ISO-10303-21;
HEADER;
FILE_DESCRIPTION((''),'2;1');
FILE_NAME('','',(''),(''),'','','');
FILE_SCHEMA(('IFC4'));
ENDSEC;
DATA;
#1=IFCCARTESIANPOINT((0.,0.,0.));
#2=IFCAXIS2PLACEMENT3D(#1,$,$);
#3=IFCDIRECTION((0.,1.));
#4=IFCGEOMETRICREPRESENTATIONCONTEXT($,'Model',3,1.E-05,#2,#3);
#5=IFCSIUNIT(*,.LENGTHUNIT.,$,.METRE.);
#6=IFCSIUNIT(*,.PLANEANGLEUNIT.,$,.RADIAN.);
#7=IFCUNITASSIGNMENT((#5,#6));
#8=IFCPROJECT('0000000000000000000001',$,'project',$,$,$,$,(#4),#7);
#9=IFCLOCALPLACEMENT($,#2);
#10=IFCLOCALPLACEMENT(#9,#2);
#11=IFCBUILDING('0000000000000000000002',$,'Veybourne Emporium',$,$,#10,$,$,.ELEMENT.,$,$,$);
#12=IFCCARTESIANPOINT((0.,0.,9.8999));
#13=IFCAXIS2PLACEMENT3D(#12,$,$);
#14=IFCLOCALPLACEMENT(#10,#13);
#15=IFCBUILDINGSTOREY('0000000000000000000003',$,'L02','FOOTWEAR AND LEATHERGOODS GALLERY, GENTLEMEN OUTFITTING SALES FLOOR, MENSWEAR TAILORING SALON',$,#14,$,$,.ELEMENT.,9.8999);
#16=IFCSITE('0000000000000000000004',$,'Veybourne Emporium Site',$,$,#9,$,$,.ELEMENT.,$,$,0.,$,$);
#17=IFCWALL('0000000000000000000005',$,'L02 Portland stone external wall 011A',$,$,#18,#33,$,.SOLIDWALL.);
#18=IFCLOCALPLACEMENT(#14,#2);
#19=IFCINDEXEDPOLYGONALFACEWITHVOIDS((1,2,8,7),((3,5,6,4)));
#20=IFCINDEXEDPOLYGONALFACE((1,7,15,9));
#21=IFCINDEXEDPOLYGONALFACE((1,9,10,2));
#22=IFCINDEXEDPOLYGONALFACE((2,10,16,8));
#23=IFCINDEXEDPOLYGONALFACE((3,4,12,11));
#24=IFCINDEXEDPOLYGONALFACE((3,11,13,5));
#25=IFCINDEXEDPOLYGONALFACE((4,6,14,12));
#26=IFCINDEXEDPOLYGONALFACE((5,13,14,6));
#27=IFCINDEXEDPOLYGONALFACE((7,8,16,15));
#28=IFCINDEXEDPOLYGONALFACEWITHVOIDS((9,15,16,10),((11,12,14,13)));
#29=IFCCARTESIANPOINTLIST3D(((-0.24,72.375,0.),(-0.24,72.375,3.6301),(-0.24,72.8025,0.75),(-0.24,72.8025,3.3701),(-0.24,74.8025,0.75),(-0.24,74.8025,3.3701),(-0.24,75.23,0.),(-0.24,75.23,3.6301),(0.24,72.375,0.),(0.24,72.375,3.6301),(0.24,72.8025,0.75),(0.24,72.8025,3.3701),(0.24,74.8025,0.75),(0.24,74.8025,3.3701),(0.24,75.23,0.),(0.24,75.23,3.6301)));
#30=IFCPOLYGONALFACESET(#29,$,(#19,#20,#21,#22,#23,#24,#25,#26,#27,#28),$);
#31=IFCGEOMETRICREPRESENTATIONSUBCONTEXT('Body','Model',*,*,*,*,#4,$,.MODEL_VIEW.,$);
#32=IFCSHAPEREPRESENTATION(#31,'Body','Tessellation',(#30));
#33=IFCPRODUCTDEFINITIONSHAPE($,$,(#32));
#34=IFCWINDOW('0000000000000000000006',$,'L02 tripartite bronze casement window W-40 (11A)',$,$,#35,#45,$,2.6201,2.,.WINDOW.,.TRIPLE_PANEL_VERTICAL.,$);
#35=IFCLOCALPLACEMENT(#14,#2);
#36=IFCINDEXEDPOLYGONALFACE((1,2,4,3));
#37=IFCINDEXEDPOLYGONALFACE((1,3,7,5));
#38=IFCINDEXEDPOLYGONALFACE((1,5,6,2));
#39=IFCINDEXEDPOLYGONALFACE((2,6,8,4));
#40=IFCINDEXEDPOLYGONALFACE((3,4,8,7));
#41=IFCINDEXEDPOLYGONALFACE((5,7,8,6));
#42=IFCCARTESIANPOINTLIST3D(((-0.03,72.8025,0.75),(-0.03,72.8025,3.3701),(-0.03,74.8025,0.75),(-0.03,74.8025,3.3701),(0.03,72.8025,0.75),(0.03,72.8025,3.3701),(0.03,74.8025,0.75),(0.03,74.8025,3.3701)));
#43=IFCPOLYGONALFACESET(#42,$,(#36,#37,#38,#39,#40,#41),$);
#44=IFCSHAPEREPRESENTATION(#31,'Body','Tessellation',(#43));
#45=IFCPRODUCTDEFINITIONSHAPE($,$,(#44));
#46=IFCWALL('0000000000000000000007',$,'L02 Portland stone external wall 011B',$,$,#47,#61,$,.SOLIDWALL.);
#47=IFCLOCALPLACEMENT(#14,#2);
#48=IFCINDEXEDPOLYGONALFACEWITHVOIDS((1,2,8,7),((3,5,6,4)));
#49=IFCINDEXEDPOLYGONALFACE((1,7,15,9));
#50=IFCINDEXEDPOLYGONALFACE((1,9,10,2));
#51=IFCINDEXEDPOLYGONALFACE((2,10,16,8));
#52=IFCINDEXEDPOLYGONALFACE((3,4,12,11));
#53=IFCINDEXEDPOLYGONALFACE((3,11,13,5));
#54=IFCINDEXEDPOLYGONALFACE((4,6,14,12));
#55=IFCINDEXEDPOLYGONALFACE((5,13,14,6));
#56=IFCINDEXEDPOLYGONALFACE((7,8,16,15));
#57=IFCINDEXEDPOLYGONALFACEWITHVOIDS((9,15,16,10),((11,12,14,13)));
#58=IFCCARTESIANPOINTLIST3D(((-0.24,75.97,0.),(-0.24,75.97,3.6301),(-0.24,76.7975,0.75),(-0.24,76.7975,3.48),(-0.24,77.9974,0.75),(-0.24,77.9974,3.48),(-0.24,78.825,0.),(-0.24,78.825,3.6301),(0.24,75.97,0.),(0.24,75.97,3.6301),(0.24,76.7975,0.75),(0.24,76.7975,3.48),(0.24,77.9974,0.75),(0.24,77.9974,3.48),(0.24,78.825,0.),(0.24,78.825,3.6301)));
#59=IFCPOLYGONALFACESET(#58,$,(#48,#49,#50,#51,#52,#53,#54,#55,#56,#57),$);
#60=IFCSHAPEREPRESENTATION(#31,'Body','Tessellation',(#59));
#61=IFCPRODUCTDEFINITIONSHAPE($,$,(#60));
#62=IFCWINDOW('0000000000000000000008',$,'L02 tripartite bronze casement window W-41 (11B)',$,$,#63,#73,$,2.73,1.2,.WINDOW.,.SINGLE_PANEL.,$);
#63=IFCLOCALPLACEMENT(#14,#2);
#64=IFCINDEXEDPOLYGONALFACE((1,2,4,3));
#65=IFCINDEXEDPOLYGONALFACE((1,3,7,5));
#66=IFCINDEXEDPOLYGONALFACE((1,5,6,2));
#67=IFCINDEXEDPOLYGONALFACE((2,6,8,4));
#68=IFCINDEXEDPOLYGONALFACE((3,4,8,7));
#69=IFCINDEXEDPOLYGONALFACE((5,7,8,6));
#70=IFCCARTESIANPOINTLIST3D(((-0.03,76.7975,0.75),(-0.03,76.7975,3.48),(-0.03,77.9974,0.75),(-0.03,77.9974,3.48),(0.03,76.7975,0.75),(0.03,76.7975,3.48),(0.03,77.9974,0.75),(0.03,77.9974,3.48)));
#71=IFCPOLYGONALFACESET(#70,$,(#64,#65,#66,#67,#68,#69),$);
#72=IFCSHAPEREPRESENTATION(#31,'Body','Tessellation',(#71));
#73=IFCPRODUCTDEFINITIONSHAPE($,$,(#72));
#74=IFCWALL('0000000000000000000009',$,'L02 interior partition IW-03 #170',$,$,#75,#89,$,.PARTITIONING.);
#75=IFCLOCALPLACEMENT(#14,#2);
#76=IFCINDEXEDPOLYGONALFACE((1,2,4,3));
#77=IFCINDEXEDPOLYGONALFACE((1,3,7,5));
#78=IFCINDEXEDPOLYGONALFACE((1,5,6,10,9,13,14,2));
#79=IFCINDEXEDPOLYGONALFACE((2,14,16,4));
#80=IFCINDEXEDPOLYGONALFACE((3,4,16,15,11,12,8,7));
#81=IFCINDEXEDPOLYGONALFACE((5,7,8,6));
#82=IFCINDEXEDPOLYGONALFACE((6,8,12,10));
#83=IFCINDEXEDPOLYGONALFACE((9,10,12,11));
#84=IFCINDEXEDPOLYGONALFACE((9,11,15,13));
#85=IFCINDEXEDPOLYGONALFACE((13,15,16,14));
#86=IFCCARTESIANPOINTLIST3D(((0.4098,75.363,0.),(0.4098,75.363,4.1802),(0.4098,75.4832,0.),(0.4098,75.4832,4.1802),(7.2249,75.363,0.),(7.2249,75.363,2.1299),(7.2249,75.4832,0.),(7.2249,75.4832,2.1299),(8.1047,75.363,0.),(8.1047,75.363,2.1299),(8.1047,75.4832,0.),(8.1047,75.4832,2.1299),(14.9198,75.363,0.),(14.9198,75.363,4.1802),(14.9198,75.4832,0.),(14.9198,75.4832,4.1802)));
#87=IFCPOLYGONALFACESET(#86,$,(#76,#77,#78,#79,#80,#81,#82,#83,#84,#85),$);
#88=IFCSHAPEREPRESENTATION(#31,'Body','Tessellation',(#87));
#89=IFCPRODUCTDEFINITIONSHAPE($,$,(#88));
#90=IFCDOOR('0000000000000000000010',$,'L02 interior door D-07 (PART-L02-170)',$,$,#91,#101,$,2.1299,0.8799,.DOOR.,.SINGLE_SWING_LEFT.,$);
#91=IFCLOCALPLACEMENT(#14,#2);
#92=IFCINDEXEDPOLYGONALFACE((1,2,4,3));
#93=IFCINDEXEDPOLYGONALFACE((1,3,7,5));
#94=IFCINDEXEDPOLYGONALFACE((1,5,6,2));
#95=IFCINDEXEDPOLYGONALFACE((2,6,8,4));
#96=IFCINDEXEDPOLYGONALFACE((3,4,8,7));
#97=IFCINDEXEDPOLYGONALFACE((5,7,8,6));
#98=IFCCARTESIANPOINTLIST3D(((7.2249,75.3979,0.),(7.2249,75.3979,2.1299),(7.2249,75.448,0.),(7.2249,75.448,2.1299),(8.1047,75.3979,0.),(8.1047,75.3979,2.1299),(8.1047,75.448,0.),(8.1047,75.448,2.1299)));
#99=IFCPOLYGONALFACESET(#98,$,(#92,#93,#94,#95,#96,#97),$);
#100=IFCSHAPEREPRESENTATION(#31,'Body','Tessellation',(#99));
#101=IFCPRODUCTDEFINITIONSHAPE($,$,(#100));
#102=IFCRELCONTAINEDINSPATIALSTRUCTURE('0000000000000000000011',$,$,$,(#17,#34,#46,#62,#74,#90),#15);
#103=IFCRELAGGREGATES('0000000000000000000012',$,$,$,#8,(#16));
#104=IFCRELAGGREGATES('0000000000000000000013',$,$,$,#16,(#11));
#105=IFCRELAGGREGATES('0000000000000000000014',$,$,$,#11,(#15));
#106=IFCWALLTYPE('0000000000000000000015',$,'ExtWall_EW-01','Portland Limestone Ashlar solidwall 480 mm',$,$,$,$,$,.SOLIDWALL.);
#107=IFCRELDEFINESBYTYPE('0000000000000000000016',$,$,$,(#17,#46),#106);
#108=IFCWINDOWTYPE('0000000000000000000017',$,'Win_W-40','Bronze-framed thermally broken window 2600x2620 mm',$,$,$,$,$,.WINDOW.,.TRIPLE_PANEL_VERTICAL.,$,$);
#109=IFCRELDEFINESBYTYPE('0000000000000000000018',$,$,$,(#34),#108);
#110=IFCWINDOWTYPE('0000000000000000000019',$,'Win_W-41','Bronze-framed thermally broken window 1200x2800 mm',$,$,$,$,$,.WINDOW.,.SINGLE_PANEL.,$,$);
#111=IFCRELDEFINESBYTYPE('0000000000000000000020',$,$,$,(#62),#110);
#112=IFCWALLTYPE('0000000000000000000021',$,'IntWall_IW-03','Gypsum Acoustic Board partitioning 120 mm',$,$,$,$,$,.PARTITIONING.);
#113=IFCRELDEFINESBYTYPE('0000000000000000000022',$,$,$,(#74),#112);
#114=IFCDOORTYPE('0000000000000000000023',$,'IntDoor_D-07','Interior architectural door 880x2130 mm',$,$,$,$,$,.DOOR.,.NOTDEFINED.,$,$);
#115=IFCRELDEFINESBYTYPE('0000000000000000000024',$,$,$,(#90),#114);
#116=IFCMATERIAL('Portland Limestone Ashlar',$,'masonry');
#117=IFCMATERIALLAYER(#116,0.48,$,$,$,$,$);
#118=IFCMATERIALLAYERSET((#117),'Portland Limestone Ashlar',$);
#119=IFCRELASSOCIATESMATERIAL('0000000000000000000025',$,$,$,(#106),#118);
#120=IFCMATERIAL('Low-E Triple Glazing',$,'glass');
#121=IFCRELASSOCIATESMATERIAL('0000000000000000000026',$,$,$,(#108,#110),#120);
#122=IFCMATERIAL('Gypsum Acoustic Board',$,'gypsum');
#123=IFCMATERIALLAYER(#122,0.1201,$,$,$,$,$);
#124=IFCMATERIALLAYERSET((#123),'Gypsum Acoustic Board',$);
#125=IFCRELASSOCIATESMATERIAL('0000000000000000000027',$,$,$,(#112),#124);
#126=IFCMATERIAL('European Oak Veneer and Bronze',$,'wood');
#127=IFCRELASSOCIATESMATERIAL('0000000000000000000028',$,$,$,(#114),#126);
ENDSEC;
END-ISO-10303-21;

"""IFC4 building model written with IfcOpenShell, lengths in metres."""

from ifc_helpers import new_model, si_unit, direction, frame, frame_2d, origin, place, context, subcontext, project, spatial, rectangle, extrude, material, layer, layer_set, type_object, element, fill, save


model = new_model("IFC4")

# Units and contexts
model_context = context("Model", 3, precision=1e-05, world=origin(), true_north=direction((0.0, 1.0)))
body_context = subcontext(model_context, "Body", "Model", "MODEL_VIEW")
ifc_project = project(units=[si_unit("LENGTHUNIT", "METRE"), si_unit("PLANEANGLEUNIT", "RADIAN")], contexts=[model_context])

# Site, building, storey
site_placement = place(None, origin())
site = spatial("IfcSite", under=ifc_project, at=site_placement, Name="Veybourne Emporium Site", CompositionType="ELEMENT", RefElevation=0.0)
building_placement = place(site_placement, origin())
building = spatial("IfcBuilding", under=site, at=building_placement, Name="Veybourne Emporium", CompositionType="ELEMENT")
storey_placement = place(building_placement, frame((0.0, 0.0, 9.8999)))
storey = spatial("IfcBuildingStorey", under=building, at=storey_placement, Name="L02", Description="FOOTWEAR AND LEATHERGOODS GALLERY, GENTLEMEN OUTFITTING SALES FLOOR, MENSWEAR TAILORING SALON", CompositionType="ELEMENT", Elevation=9.8999)

# Shared definitions
ifc_material_1 = material(Name="Portland Limestone Ashlar", Category="masonry")
ifc_layer_1 = layer(ifc_material_1, 0.48)
ifc_layer_set_1 = layer_set([ifc_layer_1], Name="Portland Limestone Ashlar")
wall_type_1 = type_object("IfcWallType", Name="ExtWall_EW-01", Description="Portland Limestone Ashlar solidwall 480 mm", PredefinedType="SOLIDWALL", material=ifc_layer_set_1)
ifc_material_2 = material(Name="Low-E Triple Glazing", Category="glass")

# Walls, openings, windows
wall_1_placement = place(storey_placement, frame((0.0, 72.375, 0.0), z_axis=(0.0, 0.0, 1.0), x_axis=(0.0, 1.0, 0.0)))
wall_1 = element("IfcWall", 1, at=wall_1_placement, inside=storey, type_object=wall_type_1, Name="L02 Portland stone external wall 011A", PredefinedType="SOLIDWALL", context=body_context, shape_type="SweptSolid", body=[
    extrude(rectangle(XDim=2.855, YDim=0.48, at=frame_2d((1.4275, 0.0))), origin(), (0.0, 0.0, 1.0), 3.6301),
])
opening_1_placement = place(wall_1_placement, frame((0.4275, 0.0, 0.75)))
opening_1 = element("IfcOpeningElement", 2, at=opening_1_placement, cuts=wall_1, PredefinedType="OPENING", context=body_context, shape_type="SweptSolid", body=[
    extrude(rectangle(XDim=2.0, YDim=2.6201, at=frame_2d((1.0, 1.3101))), frame((0.0, 0.26, 0.0), z_axis=(0.0, -1.0, 0.0), x_axis=(1.0, 0.0, 0.0)), (0.0, 0.0, 1.0), 0.52),
])
window_type_1 = type_object("IfcWindowType", Name="Win_W-40", Description="Bronze-framed thermally broken window 2600x2620 mm", PartitioningType="TRIPLE_PANEL_VERTICAL", PredefinedType="WINDOW", material=ifc_material_2)
window_1_placement = place(opening_1_placement, origin())
window_1 = element("IfcWindow", 3, at=window_1_placement, inside=storey, type_object=window_type_1, Name="L02 tripartite bronze casement window W-40 (11A)", OverallHeight=2.6201, OverallWidth=2.0, PartitioningType="TRIPLE_PANEL_VERTICAL", PredefinedType="WINDOW", context=body_context, shape_type="SweptSolid", body=[
    extrude(rectangle(XDim=2.0, YDim=2.6201, at=frame_2d((1.0, 1.3101))), frame((0.0, 0.03, 0.0), z_axis=(0.0, -1.0, 0.0), x_axis=(1.0, 0.0, 0.0)), (0.0, 0.0, 1.0), 0.0601),
])
fill(opening_1, window_1)
wall_2_placement = place(storey_placement, frame((0.0, 75.97, 0.0), z_axis=(0.0, 0.0, 1.0), x_axis=(0.0, 1.0, 0.0)))
wall_2 = element("IfcWall", 4, at=wall_2_placement, inside=storey, type_object=wall_type_1, Name="L02 Portland stone external wall 011B", PredefinedType="SOLIDWALL", context=body_context, shape_type="SweptSolid", body=[
    extrude(rectangle(XDim=2.855, YDim=0.48, at=frame_2d((1.4275, 0.0))), origin(), (0.0, 0.0, 1.0), 3.6301),
])
opening_2_placement = place(wall_2_placement, frame((0.8274, 0.0, 0.75)))
opening_2 = element("IfcOpeningElement", 5, at=opening_2_placement, cuts=wall_2, PredefinedType="OPENING", context=body_context, shape_type="SweptSolid", body=[
    extrude(rectangle(XDim=1.2, YDim=2.73, at=frame_2d((0.6001, 1.365))), frame((0.0, 0.26, 0.0), z_axis=(0.0, -1.0, 0.0), x_axis=(1.0, 0.0, 0.0)), (0.0, 0.0, 1.0), 0.52),
])
window_type_2 = type_object("IfcWindowType", Name="Win_W-41", Description="Bronze-framed thermally broken window 1200x2800 mm", PartitioningType="SINGLE_PANEL", PredefinedType="WINDOW", material=ifc_material_2)
window_2_placement = place(opening_2_placement, origin())
window_2 = element("IfcWindow", 6, at=window_2_placement, inside=storey, type_object=window_type_2, Name="L02 tripartite bronze casement window W-41 (11B)", OverallHeight=2.73, OverallWidth=1.2, PartitioningType="SINGLE_PANEL", PredefinedType="WINDOW", context=body_context, shape_type="SweptSolid", body=[
    extrude(rectangle(XDim=1.2, YDim=2.73, at=frame_2d((0.6001, 1.365))), frame((0.0, 0.03, 0.0), z_axis=(0.0, -1.0, 0.0), x_axis=(1.0, 0.0, 0.0)), (0.0, 0.0, 1.0), 0.0601),
])
fill(opening_2, window_2)

# Wall, opening, door
ifc_material_3 = material(Name="Gypsum Acoustic Board", Category="gypsum")
ifc_layer_2 = layer(ifc_material_3, 0.1201)
ifc_layer_set_2 = layer_set([ifc_layer_2], Name="Gypsum Acoustic Board")
wall_type_2 = type_object("IfcWallType", Name="IntWall_IW-03", Description="Gypsum Acoustic Board partitioning 120 mm", PredefinedType="PARTITIONING", material=ifc_layer_set_2)
wall_3_placement = place(storey_placement, frame((0.4099, 75.4231, 0.0), z_axis=(0.0, 0.0, 1.0), x_axis=(1.0, 0.0, 0.0)))
wall_3 = element("IfcWall", 7, at=wall_3_placement, inside=storey, type_object=wall_type_2, Name="L02 interior partition IW-03 #170", PredefinedType="PARTITIONING", context=body_context, shape_type="SweptSolid", body=[
    extrude(rectangle(XDim=14.51, YDim=0.1201, at=frame_2d((7.2549, 0.0))), origin(), (0.0, 0.0, 1.0), 4.1802),
])
opening_3_placement = place(wall_3_placement, frame((6.8149, 0.0, 0.0)))
opening_3 = element("IfcOpeningElement", 8, at=opening_3_placement, cuts=wall_3, PredefinedType="OPENING", context=body_context, shape_type="SweptSolid", body=[
    extrude(rectangle(XDim=0.8799, YDim=2.1299, at=frame_2d((0.4399, 1.0649))), frame((0.0, 0.0801, 0.0), z_axis=(0.0, -1.0, 0.0), x_axis=(1.0, 0.0, 0.0)), (0.0, 0.0, 1.0), 0.1602),
])
ifc_material_4 = material(Name="European Oak Veneer and Bronze", Category="wood")
door_type = type_object("IfcDoorType", Name="IntDoor_D-07", Description="Interior architectural door 880x2130 mm", OperationType="NOTDEFINED", PredefinedType="DOOR", material=ifc_material_4)
door_placement = place(opening_3_placement, origin())
door = element("IfcDoor", 9, at=door_placement, inside=storey, type_object=door_type, Name="L02 interior door D-07 (PART-L02-170)", OperationType="SINGLE_SWING_LEFT", OverallHeight=2.1299, OverallWidth=0.8799, PredefinedType="DOOR", context=body_context, shape_type="SweptSolid", body=[
    extrude(rectangle(XDim=0.8799, YDim=2.1299, at=frame_2d((0.4399, 1.0649))), frame((0.0, 0.0249, 0.0), z_axis=(0.0, -1.0, 0.0), x_axis=(1.0, 0.0, 0.0)), (0.0, 0.0, 1.0), 0.05),
])
fill(opening_3, door)

save(model, "model.ifc")
